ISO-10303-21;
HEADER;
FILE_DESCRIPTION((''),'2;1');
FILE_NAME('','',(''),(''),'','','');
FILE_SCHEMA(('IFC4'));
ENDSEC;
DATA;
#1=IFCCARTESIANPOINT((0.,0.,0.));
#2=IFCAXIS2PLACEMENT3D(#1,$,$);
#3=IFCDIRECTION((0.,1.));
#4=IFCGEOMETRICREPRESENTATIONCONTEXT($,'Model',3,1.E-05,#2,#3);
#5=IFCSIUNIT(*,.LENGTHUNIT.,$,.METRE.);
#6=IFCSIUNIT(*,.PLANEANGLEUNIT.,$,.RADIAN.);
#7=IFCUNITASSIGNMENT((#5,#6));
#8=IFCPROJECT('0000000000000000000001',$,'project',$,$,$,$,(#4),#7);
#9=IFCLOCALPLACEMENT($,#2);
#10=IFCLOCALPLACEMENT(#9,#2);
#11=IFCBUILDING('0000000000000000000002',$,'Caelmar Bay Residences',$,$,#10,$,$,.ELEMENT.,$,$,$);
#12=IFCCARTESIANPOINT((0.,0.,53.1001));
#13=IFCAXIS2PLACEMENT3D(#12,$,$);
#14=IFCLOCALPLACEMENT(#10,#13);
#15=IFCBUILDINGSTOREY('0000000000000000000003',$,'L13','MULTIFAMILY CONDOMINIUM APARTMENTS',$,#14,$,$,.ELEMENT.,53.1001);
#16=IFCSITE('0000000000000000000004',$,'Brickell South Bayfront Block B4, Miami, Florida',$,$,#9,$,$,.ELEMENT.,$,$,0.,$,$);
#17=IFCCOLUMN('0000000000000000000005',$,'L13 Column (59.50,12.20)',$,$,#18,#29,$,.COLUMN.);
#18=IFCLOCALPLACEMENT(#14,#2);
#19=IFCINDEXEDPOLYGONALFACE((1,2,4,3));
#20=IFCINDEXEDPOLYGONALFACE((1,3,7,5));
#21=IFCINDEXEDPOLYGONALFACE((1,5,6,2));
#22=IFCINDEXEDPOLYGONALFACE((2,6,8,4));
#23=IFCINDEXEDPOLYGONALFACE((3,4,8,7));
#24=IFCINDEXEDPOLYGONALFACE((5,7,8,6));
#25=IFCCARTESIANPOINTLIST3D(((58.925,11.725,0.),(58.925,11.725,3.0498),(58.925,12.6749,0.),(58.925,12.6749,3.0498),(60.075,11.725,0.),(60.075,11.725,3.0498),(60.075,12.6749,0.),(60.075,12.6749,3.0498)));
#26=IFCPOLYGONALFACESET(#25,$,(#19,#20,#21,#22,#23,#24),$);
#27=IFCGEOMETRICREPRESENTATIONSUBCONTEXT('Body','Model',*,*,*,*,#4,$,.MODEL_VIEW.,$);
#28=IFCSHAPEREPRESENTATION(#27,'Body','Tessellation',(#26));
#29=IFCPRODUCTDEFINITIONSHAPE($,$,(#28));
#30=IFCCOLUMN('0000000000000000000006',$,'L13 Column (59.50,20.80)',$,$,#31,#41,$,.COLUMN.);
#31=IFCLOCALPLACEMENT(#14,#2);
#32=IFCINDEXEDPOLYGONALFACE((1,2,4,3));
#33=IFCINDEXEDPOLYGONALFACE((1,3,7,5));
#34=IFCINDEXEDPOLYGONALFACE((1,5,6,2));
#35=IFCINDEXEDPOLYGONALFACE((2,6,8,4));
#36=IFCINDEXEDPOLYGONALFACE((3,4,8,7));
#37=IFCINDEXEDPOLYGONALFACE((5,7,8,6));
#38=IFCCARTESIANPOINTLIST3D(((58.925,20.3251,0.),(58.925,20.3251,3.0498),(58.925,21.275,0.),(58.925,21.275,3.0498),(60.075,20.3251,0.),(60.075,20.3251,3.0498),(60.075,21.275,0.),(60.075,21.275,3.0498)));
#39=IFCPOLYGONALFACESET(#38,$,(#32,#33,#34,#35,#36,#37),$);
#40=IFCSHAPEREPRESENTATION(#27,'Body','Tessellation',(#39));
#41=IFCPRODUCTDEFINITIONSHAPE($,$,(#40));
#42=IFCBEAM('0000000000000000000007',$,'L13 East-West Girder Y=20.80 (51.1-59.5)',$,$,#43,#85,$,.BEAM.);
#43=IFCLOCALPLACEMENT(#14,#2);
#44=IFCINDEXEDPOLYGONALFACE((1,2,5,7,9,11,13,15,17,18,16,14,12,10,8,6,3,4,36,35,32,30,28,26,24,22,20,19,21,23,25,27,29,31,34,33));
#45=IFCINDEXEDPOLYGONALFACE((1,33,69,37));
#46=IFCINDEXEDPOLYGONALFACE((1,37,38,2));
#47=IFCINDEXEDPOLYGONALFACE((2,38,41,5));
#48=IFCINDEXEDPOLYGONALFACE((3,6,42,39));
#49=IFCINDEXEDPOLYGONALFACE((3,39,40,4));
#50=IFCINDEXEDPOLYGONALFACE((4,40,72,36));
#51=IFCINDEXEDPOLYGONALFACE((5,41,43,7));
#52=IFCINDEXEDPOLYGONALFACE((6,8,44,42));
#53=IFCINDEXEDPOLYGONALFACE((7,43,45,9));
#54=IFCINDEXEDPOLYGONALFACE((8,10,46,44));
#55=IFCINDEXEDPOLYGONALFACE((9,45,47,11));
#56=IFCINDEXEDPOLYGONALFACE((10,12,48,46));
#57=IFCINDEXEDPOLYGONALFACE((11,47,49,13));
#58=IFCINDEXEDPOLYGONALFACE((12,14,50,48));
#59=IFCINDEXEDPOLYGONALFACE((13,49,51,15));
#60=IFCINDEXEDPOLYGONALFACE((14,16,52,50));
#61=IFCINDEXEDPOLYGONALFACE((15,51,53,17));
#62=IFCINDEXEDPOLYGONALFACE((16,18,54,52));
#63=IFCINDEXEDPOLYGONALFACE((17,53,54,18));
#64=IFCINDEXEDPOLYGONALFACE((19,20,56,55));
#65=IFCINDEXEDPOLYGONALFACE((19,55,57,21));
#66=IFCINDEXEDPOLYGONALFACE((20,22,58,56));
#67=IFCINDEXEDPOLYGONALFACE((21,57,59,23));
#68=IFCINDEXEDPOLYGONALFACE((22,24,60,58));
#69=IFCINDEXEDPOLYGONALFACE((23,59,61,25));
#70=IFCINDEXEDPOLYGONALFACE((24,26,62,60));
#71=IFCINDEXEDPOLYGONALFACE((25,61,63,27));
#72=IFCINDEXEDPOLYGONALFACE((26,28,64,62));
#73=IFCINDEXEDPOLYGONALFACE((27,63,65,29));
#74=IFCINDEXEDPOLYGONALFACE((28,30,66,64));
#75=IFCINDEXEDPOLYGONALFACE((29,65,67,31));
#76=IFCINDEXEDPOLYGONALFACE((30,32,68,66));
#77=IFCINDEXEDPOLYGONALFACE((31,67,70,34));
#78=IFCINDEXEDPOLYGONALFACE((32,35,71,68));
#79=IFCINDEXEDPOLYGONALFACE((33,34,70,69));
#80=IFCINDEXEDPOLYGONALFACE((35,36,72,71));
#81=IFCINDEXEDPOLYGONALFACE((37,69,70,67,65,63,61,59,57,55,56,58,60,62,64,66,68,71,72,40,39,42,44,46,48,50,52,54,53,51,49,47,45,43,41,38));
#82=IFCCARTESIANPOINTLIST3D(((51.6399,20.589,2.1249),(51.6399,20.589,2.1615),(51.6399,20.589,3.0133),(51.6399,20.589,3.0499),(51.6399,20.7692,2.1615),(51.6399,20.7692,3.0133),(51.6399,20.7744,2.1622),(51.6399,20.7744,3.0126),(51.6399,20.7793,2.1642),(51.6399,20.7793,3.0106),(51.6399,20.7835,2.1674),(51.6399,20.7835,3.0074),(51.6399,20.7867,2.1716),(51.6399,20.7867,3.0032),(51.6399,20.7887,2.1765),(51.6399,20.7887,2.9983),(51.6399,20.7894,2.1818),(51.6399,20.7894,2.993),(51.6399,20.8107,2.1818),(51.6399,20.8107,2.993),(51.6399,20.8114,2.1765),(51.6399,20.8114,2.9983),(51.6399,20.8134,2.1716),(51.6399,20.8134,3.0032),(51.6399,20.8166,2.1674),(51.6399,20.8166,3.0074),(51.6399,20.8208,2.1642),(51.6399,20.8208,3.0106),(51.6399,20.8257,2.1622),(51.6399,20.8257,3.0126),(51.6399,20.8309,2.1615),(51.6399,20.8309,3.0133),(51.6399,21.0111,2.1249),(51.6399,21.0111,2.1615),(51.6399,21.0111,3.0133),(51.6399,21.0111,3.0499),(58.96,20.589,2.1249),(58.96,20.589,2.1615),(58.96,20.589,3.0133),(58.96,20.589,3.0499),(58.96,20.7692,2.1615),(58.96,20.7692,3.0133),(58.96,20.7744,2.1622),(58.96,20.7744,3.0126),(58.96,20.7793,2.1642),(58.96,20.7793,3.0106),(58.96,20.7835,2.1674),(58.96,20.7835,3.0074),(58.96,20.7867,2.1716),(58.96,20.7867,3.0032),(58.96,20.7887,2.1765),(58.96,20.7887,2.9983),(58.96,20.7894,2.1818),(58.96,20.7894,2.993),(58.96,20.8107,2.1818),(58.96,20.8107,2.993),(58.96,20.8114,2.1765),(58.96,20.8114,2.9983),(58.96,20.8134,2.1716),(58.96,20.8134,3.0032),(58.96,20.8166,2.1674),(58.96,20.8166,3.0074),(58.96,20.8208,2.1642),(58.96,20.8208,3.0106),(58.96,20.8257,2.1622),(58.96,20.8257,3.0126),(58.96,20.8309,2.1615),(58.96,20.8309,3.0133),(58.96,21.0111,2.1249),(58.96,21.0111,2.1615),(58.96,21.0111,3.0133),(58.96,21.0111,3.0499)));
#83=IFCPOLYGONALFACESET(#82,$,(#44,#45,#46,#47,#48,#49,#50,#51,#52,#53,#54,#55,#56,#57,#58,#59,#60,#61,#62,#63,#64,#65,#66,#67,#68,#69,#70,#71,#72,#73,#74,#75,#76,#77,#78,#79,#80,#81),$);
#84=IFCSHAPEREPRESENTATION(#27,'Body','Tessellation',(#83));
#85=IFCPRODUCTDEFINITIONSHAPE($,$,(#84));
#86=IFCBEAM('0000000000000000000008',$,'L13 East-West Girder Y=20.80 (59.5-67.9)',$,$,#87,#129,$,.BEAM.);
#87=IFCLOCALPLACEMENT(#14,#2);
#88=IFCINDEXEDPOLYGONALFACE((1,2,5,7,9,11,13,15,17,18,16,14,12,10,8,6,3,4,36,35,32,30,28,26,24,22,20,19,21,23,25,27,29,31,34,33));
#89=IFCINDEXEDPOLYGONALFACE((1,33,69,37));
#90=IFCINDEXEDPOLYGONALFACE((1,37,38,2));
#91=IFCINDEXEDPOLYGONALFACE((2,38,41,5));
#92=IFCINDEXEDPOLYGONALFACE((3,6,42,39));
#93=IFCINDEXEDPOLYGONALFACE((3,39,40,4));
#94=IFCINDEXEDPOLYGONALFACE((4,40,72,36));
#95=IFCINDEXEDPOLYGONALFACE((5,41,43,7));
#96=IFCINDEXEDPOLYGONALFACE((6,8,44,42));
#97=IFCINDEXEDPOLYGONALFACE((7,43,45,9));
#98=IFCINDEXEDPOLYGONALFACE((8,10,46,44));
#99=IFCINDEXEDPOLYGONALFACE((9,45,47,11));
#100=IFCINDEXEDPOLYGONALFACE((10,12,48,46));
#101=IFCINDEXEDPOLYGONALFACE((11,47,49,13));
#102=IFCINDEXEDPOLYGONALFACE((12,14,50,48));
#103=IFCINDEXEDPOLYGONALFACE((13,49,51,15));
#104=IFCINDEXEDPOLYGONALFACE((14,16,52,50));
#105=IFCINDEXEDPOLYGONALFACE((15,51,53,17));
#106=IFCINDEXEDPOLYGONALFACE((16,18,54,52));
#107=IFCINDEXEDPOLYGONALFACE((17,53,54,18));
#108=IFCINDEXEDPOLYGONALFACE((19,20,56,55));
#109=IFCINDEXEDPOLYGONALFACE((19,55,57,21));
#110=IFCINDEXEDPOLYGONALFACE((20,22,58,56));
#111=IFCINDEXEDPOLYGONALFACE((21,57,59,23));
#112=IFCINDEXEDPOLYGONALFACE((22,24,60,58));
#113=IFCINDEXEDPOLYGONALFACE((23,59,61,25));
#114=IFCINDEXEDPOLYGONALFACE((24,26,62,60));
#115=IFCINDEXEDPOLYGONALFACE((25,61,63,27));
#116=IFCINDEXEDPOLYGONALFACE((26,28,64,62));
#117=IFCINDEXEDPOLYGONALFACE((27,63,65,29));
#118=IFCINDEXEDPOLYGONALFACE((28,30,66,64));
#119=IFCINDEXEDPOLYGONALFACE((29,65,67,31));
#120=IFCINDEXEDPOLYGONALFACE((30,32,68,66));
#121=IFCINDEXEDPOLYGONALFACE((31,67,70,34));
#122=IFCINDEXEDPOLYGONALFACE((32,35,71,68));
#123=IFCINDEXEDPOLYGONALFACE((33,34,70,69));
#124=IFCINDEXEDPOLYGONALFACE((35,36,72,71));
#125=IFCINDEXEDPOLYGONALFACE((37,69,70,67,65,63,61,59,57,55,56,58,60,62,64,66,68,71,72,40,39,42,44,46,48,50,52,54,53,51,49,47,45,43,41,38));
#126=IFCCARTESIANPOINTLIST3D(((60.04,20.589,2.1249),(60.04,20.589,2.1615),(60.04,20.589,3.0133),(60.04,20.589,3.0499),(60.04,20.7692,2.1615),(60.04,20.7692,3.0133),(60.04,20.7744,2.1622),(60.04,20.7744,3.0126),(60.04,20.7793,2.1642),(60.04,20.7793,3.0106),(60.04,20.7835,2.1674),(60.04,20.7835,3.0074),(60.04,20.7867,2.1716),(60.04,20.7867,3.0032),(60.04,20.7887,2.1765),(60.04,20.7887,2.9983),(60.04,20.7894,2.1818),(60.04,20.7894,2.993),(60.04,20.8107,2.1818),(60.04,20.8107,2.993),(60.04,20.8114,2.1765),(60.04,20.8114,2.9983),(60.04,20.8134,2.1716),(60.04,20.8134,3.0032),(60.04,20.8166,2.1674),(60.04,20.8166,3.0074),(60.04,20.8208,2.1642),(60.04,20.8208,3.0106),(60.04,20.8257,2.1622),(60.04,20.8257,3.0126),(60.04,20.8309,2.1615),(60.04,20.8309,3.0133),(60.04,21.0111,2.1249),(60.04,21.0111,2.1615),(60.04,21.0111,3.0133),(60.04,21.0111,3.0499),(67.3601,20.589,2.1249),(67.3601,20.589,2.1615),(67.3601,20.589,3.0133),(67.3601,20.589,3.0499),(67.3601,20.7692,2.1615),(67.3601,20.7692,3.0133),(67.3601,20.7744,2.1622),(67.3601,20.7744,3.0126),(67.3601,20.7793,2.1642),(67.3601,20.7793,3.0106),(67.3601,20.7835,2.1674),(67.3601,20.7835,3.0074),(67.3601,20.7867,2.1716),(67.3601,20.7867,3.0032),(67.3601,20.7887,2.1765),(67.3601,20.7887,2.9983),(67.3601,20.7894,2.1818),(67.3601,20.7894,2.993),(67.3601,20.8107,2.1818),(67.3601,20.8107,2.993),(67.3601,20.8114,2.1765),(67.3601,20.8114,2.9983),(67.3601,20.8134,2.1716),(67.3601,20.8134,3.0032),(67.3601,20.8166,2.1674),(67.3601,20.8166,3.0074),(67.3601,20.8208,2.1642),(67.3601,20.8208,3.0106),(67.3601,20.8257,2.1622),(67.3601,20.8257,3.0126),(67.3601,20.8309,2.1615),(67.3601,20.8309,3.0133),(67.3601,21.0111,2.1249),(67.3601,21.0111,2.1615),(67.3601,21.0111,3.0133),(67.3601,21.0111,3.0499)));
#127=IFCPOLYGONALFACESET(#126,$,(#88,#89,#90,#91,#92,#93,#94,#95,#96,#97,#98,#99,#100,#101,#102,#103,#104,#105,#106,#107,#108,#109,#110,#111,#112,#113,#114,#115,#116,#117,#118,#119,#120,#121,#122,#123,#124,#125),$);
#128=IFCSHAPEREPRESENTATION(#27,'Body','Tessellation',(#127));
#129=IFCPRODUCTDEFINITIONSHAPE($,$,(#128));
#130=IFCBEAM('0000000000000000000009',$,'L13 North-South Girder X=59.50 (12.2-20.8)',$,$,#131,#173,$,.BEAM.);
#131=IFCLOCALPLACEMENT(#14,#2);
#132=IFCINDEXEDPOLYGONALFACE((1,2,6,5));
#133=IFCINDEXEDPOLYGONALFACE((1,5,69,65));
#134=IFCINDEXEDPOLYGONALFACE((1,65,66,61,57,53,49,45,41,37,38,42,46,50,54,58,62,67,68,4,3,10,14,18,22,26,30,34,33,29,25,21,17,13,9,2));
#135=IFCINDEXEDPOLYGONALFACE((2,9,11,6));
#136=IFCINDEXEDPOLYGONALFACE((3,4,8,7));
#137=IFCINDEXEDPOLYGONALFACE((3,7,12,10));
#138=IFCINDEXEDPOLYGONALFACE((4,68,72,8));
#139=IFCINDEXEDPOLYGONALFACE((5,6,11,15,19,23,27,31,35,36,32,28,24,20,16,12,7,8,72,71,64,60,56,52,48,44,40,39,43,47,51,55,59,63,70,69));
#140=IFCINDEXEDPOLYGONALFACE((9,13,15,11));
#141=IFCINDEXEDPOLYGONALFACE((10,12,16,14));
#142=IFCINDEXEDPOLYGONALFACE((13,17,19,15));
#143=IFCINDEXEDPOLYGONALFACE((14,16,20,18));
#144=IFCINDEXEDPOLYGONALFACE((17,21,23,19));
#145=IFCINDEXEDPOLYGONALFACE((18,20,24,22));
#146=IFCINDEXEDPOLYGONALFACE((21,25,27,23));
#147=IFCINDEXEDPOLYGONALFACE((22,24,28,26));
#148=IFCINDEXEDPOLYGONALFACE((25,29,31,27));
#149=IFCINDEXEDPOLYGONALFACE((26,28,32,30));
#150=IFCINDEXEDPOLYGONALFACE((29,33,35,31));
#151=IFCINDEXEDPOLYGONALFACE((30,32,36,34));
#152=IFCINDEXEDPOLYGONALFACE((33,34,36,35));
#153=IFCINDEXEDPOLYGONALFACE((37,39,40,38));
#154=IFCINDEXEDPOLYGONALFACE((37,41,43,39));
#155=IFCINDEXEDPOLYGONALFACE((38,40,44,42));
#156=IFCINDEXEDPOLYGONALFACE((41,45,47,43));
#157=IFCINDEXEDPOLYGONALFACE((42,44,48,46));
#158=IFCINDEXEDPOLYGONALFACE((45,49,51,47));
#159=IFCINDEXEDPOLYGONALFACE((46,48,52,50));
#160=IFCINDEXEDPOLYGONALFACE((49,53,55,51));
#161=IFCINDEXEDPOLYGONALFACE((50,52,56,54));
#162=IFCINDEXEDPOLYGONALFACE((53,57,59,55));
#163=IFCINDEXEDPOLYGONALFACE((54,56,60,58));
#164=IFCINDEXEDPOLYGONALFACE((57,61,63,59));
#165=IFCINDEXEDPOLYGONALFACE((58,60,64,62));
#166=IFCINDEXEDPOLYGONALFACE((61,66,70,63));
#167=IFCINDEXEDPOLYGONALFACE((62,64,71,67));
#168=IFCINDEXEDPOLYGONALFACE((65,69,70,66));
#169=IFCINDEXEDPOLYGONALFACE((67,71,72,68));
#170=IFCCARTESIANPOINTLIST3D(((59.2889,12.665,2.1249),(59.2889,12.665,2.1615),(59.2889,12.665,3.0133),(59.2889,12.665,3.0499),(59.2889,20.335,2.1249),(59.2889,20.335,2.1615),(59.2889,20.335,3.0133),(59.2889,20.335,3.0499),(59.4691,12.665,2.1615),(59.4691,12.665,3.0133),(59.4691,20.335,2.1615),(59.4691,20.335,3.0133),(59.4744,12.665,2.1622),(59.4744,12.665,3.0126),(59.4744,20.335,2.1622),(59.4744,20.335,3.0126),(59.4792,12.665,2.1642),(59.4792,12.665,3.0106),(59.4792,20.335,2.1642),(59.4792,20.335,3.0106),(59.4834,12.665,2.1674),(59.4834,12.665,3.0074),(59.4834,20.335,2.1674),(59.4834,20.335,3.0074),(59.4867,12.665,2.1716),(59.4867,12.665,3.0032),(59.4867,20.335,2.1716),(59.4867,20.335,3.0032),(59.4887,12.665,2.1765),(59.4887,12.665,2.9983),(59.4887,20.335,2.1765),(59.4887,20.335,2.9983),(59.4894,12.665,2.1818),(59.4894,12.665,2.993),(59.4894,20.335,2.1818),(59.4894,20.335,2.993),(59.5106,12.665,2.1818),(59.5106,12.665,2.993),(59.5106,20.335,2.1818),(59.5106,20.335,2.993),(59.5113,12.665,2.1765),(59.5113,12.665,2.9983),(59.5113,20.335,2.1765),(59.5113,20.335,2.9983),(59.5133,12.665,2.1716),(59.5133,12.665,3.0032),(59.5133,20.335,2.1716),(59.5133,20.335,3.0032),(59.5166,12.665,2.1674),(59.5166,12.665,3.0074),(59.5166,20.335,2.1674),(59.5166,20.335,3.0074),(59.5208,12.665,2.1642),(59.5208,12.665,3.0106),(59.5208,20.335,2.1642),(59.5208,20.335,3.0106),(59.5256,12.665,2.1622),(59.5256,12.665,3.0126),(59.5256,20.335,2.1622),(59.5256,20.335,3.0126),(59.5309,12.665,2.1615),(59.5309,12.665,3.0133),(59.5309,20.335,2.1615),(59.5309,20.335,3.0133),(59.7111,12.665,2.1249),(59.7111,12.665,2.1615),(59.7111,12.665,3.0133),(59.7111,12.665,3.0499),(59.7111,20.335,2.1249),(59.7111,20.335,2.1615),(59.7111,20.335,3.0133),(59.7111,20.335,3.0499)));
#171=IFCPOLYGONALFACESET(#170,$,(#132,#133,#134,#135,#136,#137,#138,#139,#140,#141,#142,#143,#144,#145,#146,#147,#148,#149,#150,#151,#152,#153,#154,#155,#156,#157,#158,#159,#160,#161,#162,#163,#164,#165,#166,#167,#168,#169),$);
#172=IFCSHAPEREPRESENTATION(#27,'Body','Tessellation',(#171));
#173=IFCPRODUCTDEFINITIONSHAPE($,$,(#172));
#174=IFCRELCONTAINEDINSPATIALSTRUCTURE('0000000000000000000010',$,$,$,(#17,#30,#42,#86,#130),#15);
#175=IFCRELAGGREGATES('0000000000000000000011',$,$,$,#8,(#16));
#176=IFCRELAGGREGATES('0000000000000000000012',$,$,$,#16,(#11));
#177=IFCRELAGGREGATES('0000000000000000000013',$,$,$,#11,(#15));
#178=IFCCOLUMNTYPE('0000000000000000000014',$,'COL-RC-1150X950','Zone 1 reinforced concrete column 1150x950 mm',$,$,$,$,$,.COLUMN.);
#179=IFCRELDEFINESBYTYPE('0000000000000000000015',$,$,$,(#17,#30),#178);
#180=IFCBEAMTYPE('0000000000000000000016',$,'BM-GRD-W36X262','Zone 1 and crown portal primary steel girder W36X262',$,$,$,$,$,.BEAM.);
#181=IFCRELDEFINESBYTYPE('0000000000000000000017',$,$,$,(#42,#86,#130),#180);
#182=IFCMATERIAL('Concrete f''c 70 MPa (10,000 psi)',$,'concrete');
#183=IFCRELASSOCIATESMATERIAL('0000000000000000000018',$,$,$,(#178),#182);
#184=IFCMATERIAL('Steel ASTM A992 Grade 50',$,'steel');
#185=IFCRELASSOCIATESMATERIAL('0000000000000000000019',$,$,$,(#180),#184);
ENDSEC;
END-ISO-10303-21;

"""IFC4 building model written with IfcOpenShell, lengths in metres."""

from ifc_helpers import new_model, si_unit, direction, frame, origin, origin_2d, place, context, subcontext, project, spatial, rectangle, i_section, extrude, material, material_profile, profile_set, type_object, element, save


model = new_model("IFC4")

# Units and contexts
model_context = context("Model", 3, precision=1e-05, world=origin(), true_north=direction((0.0, 1.0)))
body_context = subcontext(model_context, "Body", "Model", "MODEL_VIEW")
ifc_project = project(units=[si_unit("LENGTHUNIT", "METRE"), si_unit("PLANEANGLEUNIT", "RADIAN")], contexts=[model_context])

# Site, building, storey
site_placement = place(None, origin())
site = spatial("IfcSite", under=ifc_project, at=site_placement, Name="Brickell South Bayfront Block B4, Miami, Florida", CompositionType="ELEMENT", RefElevation=0.0)
building_placement = place(site_placement, origin())
building = spatial("IfcBuilding", under=site, at=building_placement, Name="Caelmar Bay Residences", CompositionType="ELEMENT")
storey_placement = place(building_placement, frame((0.0, 0.0, 53.1001)))
storey = spatial("IfcBuildingStorey", under=building, at=storey_placement, Name="L13", Description="MULTIFAMILY CONDOMINIUM APARTMENTS", CompositionType="ELEMENT", Elevation=53.1001)

# Columns
ifc_material_1 = material(Name="Concrete f'c 70 MPa (10,000 psi)", Category="concrete")
ifc_material_profile_1 = material_profile(ifc_material_1, rectangle(XDim=1.1499, YDim=0.95, at=origin_2d()), Name="RC-COL-1150X950")
ifc_profile_set_1 = profile_set([ifc_material_profile_1], Name="Concrete f'c 70 MPa (10,000 psi)")
column_type = type_object("IfcColumnType", Name="COL-RC-1150X950", Description="Zone 1 reinforced concrete column 1150x950 mm", PredefinedType="COLUMN", material=ifc_profile_set_1)
for number, where, z_axis, x_axis, name in (
    (1, (59.5, 12.2, 0.0), (0.0, 0.0, 1.0), (1.0, 0.0, 0.0), "L13 Column (59.50,12.20)"),
    (2, (59.5, 20.8, 0.0), (0.0, 0.0, 1.0), (1.0, 0.0, 0.0), "L13 Column (59.50,20.80)"),
):
    element("IfcColumn", number, at=place(storey_placement, frame(where, z_axis=z_axis, x_axis=x_axis)), inside=storey, type_object=column_type, Name=name, PredefinedType="COLUMN", context=body_context, shape_type="SweptSolid", body=[
        extrude(rectangle(XDim=1.1499, YDim=0.95, at=origin_2d()), origin(), (0.0, 0.0, 1.0), 3.0498),
    ])

# Beams
ifc_material_2 = material(Name="Steel ASTM A992 Grade 50", Category="steel")
ifc_material_profile_2 = material_profile(ifc_material_2, i_section(OverallWidth=0.4221, OverallDepth=0.925, WebThickness=0.0212, FlangeThickness=0.0366, FilletRadius=0.0203, at=origin_2d()), Name="W36X262")
ifc_profile_set_2 = profile_set([ifc_material_profile_2], Name="Steel ASTM A992 Grade 50")
beam_type_1 = type_object("IfcBeamType", Name="BM-GRD-W36X262", Description="Zone 1 and crown portal primary steel girder W36X262", PredefinedType="BEAM", material=ifc_profile_set_2)
for number, where, z_axis, x_axis, name in (
    (3, (51.6399, 20.8, 2.5874), (1.0, 0.0, 0.0), (0.0, 1.0, 0.0), "L13 East-West Girder Y=20.80 (51.1-59.5)"),
    (4, (60.04, 20.8, 2.5874), (1.0, 0.0, 0.0), (0.0, 1.0, 0.0), "L13 East-West Girder Y=20.80 (59.5-67.9)"),
):
    element("IfcBeam", number, at=place(storey_placement, frame(where, z_axis=z_axis, x_axis=x_axis)), inside=storey, type_object=beam_type_1, Name=name, PredefinedType="BEAM", context=body_context, shape_type="SweptSolid", body=[
        extrude(i_section(OverallWidth=0.4221, OverallDepth=0.925, WebThickness=0.0212, FlangeThickness=0.0366, FilletRadius=0.0203, at=origin_2d()), origin(), (0.0, 0.0, 1.0), 7.3201),
    ])
beam_1_placement = place(storey_placement, frame((59.5, 12.665, 2.5874), z_axis=(0.0, 1.0, 0.0), x_axis=(-1.0, 0.0, 0.0)))
element("IfcBeam", 5, at=beam_1_placement, inside=storey, type_object=beam_type_1, Name="L13 North-South Girder X=59.50 (12.2-20.8)", PredefinedType="BEAM", context=body_context, shape_type="SweptSolid", body=[
    extrude(i_section(OverallWidth=0.4221, OverallDepth=0.925, WebThickness=0.0212, FlangeThickness=0.0366, FilletRadius=0.0203, at=origin_2d()), origin(), (0.0, 0.0, 1.0), 7.6699),
])

save(model, "model.ifc")
